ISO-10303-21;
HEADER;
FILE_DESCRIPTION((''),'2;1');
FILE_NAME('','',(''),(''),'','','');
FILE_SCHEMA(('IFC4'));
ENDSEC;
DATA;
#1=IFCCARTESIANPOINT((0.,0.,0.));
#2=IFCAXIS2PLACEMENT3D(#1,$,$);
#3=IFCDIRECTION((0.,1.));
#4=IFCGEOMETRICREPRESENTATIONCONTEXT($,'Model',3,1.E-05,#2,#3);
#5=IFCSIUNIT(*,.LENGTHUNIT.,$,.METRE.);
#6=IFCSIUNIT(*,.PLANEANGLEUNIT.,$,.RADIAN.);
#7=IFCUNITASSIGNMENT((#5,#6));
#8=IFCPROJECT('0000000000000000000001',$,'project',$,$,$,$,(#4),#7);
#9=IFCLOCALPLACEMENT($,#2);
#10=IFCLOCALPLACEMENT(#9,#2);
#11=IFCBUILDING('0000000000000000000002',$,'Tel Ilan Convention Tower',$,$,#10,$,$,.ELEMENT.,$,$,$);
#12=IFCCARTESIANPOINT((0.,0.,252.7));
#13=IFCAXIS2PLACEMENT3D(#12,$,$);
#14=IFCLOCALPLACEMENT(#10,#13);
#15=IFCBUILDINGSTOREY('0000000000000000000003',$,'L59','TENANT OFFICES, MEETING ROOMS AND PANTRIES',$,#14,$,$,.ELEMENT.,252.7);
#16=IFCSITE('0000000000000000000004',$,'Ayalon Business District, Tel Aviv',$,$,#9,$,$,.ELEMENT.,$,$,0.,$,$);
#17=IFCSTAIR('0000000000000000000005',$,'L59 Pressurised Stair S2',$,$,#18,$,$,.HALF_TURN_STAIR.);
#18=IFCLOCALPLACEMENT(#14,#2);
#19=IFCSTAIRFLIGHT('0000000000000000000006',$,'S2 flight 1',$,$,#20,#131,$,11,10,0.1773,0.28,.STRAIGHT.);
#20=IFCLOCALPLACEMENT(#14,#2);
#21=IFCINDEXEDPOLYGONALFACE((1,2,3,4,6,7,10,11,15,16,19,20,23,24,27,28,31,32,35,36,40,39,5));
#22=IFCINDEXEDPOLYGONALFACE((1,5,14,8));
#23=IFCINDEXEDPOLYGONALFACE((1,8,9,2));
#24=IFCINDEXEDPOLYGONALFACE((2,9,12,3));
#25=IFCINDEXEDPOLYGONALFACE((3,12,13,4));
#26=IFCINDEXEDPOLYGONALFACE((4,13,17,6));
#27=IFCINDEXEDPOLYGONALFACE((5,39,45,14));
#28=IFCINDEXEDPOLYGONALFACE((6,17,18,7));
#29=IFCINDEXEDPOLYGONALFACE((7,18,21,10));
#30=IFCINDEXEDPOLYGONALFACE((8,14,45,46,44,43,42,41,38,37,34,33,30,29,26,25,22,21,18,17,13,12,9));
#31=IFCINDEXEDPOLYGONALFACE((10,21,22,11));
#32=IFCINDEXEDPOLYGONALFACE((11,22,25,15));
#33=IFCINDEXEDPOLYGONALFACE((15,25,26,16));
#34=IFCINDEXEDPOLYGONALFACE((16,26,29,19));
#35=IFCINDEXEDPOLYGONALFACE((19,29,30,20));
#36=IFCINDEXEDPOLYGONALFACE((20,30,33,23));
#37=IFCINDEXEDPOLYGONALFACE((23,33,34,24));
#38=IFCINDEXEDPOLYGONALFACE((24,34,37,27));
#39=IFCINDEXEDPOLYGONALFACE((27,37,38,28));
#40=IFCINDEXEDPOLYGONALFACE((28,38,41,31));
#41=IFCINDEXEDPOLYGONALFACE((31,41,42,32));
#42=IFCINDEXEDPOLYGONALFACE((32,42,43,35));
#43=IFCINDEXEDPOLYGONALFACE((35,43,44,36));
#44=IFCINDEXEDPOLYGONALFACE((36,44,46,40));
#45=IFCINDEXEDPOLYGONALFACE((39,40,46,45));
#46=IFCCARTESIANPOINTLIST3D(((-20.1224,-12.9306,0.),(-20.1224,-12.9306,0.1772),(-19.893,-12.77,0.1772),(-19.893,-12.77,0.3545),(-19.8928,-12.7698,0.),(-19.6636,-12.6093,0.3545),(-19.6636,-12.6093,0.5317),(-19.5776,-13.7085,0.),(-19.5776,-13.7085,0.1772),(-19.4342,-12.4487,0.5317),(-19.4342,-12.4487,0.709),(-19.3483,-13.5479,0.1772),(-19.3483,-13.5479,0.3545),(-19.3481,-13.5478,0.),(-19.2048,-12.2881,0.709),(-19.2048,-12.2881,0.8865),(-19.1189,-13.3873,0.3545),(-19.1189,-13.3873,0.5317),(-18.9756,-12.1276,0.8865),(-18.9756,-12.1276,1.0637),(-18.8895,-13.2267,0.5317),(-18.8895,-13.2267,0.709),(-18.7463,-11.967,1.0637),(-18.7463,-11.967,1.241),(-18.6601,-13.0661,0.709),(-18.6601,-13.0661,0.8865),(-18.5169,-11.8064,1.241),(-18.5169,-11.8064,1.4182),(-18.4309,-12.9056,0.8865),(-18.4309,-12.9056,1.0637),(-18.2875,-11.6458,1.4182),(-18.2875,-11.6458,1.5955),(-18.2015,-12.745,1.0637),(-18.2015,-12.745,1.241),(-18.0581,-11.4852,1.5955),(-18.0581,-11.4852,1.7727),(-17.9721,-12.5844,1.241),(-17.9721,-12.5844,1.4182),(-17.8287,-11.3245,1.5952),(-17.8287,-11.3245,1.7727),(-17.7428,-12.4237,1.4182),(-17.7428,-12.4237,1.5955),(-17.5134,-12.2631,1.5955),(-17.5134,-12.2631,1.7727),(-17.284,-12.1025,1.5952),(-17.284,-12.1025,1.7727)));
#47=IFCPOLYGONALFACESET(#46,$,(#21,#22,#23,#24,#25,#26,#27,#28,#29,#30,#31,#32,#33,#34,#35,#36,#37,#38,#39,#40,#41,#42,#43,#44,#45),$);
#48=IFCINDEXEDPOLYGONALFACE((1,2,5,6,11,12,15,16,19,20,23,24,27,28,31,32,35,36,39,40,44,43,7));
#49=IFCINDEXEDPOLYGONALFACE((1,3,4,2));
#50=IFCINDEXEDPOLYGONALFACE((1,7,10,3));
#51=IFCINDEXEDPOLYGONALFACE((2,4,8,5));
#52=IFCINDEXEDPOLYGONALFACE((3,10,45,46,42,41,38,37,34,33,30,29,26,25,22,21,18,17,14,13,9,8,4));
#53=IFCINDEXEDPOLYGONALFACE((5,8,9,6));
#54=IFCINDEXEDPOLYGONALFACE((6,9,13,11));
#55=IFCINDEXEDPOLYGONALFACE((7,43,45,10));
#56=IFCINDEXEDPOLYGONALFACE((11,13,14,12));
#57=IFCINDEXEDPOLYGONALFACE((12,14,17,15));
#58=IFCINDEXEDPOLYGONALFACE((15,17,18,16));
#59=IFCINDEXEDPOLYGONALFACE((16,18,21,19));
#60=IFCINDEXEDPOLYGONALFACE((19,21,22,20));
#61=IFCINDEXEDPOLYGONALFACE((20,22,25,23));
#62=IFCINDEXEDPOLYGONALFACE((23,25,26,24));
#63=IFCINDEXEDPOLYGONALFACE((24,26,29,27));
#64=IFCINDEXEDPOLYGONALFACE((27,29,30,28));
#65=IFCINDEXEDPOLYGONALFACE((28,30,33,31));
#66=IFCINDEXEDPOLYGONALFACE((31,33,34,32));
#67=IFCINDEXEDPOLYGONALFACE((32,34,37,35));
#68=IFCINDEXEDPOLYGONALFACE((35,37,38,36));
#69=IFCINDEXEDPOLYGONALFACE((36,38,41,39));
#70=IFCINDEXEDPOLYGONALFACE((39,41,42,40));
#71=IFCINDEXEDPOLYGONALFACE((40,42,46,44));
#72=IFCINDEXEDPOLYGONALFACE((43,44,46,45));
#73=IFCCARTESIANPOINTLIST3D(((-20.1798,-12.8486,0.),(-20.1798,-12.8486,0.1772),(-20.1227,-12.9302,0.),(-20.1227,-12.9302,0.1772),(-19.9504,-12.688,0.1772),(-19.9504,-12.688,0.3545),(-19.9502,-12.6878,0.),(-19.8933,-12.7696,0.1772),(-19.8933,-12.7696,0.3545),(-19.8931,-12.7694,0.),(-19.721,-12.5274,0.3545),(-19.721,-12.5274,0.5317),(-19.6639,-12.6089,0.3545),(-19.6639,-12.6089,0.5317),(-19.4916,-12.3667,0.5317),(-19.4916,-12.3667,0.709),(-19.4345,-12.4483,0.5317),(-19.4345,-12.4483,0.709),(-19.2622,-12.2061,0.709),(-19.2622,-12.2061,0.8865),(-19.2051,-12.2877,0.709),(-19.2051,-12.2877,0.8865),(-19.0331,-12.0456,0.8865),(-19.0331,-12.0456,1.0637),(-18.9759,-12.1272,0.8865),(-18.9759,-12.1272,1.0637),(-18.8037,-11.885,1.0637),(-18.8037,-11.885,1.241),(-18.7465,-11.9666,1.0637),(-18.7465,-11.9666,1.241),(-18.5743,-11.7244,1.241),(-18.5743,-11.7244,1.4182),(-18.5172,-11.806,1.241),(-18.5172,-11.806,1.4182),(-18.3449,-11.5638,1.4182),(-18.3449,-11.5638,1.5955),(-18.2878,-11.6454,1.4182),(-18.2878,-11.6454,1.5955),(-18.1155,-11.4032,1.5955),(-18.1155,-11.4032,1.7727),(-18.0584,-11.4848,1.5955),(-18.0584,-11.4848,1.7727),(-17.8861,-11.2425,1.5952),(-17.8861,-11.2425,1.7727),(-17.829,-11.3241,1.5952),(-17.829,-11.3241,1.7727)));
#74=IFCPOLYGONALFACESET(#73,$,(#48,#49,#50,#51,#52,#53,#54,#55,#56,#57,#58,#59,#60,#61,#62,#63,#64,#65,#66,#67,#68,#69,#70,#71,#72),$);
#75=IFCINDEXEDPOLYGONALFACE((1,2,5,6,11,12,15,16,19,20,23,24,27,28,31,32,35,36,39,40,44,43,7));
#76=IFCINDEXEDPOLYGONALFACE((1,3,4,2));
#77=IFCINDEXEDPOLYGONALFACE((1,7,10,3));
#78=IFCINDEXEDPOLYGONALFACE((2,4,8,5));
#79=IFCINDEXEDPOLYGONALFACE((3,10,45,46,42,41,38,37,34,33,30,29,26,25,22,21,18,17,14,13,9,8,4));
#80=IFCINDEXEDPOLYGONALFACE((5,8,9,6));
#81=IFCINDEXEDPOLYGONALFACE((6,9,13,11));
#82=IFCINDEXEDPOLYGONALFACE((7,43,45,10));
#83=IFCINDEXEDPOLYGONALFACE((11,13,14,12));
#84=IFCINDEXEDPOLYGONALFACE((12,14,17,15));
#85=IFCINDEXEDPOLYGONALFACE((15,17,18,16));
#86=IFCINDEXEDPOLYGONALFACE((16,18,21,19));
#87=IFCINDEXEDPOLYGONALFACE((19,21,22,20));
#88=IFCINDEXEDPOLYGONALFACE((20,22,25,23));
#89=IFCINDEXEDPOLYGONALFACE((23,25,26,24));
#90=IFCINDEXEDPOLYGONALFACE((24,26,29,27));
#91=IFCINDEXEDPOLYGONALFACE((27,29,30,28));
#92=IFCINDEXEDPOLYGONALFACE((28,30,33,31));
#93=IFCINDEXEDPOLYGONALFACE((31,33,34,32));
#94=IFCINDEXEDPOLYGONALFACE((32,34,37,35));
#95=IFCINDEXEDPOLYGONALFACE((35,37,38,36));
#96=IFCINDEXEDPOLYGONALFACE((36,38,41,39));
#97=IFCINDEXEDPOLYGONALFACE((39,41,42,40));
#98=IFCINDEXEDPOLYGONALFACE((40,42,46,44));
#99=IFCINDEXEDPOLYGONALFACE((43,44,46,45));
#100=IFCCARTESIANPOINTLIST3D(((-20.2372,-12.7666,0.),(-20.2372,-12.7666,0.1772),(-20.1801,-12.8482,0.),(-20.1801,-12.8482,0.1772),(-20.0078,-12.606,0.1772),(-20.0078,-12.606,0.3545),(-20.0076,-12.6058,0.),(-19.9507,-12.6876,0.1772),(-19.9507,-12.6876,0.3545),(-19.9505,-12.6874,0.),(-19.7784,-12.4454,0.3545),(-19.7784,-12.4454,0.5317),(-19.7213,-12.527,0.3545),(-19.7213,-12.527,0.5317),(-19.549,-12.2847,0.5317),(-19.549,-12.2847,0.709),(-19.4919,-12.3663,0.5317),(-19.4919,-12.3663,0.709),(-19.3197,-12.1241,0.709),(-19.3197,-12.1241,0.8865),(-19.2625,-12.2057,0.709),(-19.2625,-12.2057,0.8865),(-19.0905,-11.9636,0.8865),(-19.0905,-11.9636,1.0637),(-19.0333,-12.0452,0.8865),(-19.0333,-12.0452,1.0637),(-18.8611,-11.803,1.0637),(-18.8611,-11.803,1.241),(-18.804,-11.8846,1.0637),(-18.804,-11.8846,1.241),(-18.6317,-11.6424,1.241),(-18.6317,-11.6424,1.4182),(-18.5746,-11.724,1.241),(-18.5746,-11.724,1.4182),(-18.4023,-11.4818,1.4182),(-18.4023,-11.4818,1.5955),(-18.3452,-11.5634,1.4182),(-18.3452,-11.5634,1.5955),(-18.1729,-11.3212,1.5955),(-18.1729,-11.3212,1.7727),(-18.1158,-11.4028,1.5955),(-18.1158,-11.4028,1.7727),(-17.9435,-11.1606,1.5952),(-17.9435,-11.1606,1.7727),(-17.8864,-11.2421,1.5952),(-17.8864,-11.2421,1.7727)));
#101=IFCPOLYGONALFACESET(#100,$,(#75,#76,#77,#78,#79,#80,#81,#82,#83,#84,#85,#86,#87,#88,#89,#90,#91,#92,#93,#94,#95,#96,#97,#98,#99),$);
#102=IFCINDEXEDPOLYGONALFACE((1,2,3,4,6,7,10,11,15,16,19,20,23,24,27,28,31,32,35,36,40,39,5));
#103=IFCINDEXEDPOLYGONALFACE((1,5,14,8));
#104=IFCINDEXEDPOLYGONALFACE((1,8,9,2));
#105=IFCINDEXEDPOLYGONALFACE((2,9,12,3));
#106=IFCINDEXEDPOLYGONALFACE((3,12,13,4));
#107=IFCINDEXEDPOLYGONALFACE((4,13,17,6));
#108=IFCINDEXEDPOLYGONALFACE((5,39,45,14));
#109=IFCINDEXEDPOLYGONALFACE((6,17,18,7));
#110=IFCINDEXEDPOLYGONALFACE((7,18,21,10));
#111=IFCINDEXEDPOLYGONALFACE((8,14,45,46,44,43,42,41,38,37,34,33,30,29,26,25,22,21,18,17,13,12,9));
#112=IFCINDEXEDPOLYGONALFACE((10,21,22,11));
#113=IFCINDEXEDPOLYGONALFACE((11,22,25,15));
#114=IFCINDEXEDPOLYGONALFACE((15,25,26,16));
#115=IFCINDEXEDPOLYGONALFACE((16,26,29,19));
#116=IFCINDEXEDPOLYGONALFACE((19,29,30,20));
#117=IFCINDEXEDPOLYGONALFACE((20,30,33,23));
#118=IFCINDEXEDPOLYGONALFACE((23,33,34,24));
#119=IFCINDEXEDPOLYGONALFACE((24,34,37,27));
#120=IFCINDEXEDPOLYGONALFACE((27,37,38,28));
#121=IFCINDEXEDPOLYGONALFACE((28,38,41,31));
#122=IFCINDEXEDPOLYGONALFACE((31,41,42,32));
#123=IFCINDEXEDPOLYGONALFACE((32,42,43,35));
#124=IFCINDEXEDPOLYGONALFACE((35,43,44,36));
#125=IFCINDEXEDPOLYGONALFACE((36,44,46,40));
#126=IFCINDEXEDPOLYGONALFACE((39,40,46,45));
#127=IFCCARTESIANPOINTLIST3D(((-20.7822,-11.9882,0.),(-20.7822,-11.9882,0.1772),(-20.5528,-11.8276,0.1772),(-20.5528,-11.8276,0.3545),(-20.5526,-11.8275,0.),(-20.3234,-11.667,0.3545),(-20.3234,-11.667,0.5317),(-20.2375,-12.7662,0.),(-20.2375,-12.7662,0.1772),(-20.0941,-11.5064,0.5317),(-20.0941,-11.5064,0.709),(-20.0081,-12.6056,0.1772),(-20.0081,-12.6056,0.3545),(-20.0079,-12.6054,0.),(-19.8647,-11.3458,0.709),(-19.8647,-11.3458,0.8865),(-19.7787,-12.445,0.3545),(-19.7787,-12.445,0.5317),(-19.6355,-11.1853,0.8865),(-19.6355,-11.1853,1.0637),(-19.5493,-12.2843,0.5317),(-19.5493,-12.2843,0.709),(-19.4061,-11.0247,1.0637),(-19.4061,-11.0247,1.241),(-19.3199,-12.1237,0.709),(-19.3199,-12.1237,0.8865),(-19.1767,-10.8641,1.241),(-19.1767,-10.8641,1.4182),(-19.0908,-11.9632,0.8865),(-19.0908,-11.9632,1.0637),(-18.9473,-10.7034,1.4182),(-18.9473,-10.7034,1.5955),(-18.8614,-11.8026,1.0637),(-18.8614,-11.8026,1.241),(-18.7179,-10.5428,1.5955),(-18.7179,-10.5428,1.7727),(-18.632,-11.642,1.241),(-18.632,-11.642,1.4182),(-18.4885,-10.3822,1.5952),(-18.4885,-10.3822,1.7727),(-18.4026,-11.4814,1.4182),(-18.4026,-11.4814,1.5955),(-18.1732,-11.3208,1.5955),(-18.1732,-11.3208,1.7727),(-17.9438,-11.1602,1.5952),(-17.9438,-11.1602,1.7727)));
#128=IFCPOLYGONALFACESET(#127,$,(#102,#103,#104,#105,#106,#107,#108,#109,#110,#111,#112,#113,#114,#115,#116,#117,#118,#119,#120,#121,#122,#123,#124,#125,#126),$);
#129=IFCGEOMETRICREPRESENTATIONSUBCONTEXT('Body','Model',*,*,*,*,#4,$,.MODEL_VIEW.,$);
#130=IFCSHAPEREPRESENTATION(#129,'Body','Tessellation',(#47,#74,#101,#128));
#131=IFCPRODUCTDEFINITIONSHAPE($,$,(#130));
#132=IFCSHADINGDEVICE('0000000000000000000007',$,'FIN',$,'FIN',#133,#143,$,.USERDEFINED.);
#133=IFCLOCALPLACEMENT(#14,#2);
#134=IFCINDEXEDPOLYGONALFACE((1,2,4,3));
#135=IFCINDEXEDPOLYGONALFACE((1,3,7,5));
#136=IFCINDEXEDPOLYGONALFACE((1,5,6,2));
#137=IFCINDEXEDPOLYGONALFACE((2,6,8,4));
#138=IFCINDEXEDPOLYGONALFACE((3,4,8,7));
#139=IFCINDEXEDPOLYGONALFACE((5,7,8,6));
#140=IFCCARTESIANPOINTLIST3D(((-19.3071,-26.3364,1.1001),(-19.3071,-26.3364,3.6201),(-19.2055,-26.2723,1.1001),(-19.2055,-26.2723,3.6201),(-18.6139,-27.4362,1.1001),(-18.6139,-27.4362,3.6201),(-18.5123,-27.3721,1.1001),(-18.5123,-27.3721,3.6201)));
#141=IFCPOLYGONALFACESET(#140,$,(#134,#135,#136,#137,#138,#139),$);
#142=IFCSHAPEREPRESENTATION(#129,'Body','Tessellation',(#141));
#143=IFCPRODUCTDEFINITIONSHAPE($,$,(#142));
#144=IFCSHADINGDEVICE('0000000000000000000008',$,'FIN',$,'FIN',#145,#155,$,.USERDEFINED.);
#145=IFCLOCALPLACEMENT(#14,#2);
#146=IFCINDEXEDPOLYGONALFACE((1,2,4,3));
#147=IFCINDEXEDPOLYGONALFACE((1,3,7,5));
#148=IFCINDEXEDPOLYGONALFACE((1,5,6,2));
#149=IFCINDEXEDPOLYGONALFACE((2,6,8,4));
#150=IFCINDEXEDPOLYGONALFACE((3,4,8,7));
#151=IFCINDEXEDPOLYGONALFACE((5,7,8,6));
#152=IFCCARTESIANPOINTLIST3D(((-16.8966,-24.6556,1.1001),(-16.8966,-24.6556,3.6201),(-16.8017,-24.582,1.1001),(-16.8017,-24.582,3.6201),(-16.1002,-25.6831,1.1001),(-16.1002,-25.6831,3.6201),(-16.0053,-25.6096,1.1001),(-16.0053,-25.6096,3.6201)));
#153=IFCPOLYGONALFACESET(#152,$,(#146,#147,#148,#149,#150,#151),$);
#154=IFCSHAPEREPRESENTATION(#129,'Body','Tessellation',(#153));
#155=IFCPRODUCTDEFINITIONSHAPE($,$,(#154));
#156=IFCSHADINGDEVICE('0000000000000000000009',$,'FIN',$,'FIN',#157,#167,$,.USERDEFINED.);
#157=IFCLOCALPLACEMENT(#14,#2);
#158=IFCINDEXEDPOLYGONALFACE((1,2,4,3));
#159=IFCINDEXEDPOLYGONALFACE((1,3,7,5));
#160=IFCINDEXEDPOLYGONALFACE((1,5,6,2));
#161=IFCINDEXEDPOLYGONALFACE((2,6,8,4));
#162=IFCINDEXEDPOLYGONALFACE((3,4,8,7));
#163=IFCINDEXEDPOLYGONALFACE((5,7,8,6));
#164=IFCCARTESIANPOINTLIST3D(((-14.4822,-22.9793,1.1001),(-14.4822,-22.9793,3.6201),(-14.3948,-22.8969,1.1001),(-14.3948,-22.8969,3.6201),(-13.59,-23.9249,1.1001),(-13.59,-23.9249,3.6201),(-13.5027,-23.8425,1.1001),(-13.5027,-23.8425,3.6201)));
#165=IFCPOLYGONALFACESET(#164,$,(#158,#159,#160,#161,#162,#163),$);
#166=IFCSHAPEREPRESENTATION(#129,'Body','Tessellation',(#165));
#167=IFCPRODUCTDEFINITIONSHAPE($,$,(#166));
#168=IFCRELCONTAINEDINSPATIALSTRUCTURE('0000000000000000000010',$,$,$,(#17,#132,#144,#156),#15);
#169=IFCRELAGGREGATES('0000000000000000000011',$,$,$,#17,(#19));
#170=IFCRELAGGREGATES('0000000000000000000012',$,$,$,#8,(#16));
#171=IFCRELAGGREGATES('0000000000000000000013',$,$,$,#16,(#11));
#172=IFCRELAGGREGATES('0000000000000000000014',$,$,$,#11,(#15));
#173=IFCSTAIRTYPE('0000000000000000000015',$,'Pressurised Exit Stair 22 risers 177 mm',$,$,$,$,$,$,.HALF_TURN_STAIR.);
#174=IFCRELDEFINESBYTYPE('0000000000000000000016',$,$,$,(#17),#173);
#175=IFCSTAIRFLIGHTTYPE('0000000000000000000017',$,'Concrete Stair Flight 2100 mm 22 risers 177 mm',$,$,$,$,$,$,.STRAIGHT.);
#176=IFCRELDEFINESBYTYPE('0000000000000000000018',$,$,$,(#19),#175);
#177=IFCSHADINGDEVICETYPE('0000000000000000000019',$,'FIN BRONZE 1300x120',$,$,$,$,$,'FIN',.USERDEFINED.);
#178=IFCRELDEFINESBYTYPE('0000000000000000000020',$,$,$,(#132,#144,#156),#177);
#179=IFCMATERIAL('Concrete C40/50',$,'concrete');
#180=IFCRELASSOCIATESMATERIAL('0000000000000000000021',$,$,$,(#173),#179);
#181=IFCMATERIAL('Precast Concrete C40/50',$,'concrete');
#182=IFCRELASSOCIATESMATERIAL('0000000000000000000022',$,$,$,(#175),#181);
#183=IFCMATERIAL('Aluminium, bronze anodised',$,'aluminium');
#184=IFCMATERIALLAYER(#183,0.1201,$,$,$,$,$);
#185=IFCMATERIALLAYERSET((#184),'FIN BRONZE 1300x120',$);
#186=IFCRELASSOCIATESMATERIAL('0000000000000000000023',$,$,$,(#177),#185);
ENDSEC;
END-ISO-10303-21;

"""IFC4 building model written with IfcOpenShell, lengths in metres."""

from ifc_helpers import new_model, si_unit, direction, frame, origin, origin_2d, place, context, subcontext, project, spatial, polyline, rectangle, outline, extrude, material, layer, layer_set, type_object, element, aggregate, save


model = new_model("IFC4")

# Units and contexts
model_context = context("Model", 3, precision=1e-05, world=origin(), true_north=direction((0.0, 1.0)))
body_context = subcontext(model_context, "Body", "Model", "MODEL_VIEW")
ifc_project = project(units=[si_unit("LENGTHUNIT", "METRE"), si_unit("PLANEANGLEUNIT", "RADIAN")], contexts=[model_context])

# Site, building, storey
site_placement = place(None, origin())
site = spatial("IfcSite", under=ifc_project, at=site_placement, Name="Ayalon Business District, Tel Aviv", CompositionType="ELEMENT", RefElevation=0.0)
building_placement = place(site_placement, origin())
building = spatial("IfcBuilding", under=site, at=building_placement, Name="Tel Ilan Convention Tower", CompositionType="ELEMENT")
storey_placement = place(building_placement, frame((0.0, 0.0, 252.7)))
storey = spatial("IfcBuildingStorey", under=building, at=storey_placement, Name="L59", Description="TENANT OFFICES, MEETING ROOMS AND PANTRIES", CompositionType="ELEMENT", Elevation=252.7)

# Stair, stair flight
ifc_material_1 = material(Name="Concrete C40/50", Category="concrete")
stair_type = type_object("IfcStairType", Name="Pressurised Exit Stair 22 risers 177 mm", PredefinedType="HALF_TURN_STAIR", material=ifc_material_1)
stair_placement = place(storey_placement, origin())
stair = element("IfcStair", 1, at=stair_placement, inside=storey, type_object=stair_type, Name="L59 Pressurised Stair S2", PredefinedType="HALF_TURN_STAIR")
ifc_material_2 = material(Name="Precast Concrete C40/50", Category="concrete")
stair_flight_type = type_object("IfcStairFlightType", Name="Concrete Stair Flight 2100 mm 22 risers 177 mm", PredefinedType="STRAIGHT", material=ifc_material_2)
stair_flight_placement = place(storey_placement, frame((-20.1799, -12.8484, 0.0), z_axis=(0.0, 0.0, 1.0), x_axis=(0.819152, 0.573576, 0.0)))
stair_flight = element("IfcStairFlight", 2, at=stair_flight_placement, type_object=stair_flight_type, Name="S2 flight 1", NumberOfRisers=11, NumberOfTreads=10, PredefinedType="STRAIGHT", RiserHeight=0.1773, TreadLength=0.28, context=body_context, shape_type="SweptSolid", body=[
    extrude(outline(polyline([(0.0, 0.0), (0.0, 0.1772), (0.28, 0.1772), (0.28, 0.3545), (0.5601, 0.3545), (0.5601, 0.5317), (0.8401, 0.5317), (0.8401, 0.709), (1.1201, 0.709), (1.1201, 0.8865), (1.3999, 0.8865), (1.3999, 1.0637), (1.6799, 1.0637), (1.6799, 1.241), (1.96, 1.241), (1.96, 1.4182), (2.24, 1.4182), (2.24, 1.5955), (2.52, 1.5955), (2.52, 1.7727), (2.8, 1.7727), (2.8, 1.95), (2.8, 1.5952), (0.2803, 0.0), (0.0, 0.0)])), frame((0.0, -0.1003, 0.0), z_axis=(0.0, -1.0, 0.0), x_axis=(1.0, 0.0, 0.0)), (0.0, 0.0, 1.0), 0.9497),
    extrude(outline(polyline([(0.0, 0.0), (0.0, 0.1772), (0.28, 0.1772), (0.28, 0.3545), (0.5601, 0.3545), (0.5601, 0.5317), (0.8401, 0.5317), (0.8401, 0.709), (1.1201, 0.709), (1.1201, 0.8865), (1.3999, 0.8865), (1.3999, 1.0637), (1.6799, 1.0637), (1.6799, 1.241), (1.96, 1.241), (1.96, 1.4182), (2.24, 1.4182), (2.24, 1.5955), (2.52, 1.5955), (2.52, 1.7727), (2.8, 1.7727), (2.8, 1.95), (2.8, 1.5952), (0.2803, 0.0), (0.0, 0.0)])), frame((0.0, -0.0002, 0.0), z_axis=(0.0, -1.0, 0.0), x_axis=(1.0, 0.0, 0.0)), (0.0, 0.0, 1.0), 0.0996),
    extrude(outline(polyline([(0.0, 0.0), (0.0, 0.1772), (0.28, 0.1772), (0.28, 0.3545), (0.5601, 0.3545), (0.5601, 0.5317), (0.8401, 0.5317), (0.8401, 0.709), (1.1201, 0.709), (1.1201, 0.8865), (1.3999, 0.8865), (1.3999, 1.0637), (1.6799, 1.0637), (1.6799, 1.241), (1.96, 1.241), (1.96, 1.4182), (2.24, 1.4182), (2.24, 1.5955), (2.52, 1.5955), (2.52, 1.7727), (2.8, 1.7727), (2.8, 1.95), (2.8, 1.5952), (0.2803, 0.0), (0.0, 0.0)])), frame((0.0, 0.0999, 0.0), z_axis=(0.0, -1.0, 0.0), x_axis=(1.0, 0.0, 0.0)), (0.0, 0.0, 1.0), 0.0996),
    extrude(outline(polyline([(0.0, 0.0), (0.0, 0.1772), (0.28, 0.1772), (0.28, 0.3545), (0.5601, 0.3545), (0.5601, 0.5317), (0.8401, 0.5317), (0.8401, 0.709), (1.1201, 0.709), (1.1201, 0.8865), (1.3999, 0.8865), (1.3999, 1.0637), (1.6799, 1.0637), (1.6799, 1.241), (1.96, 1.241), (1.96, 1.4182), (2.24, 1.4182), (2.24, 1.5955), (2.52, 1.5955), (2.52, 1.7727), (2.8, 1.7727), (2.8, 1.95), (2.8, 1.5952), (0.2803, 0.0), (0.0, 0.0)])), frame((0.0, 1.05, 0.0), z_axis=(0.0, -1.0, 0.0), x_axis=(1.0, 0.0, 0.0)), (0.0, 0.0, 1.0), 0.9497),
])
aggregate(stair, [stair_flight])

# Shading devices
ifc_material_3 = material(Name="Aluminium, bronze anodised", Category="aluminium")
ifc_layer_1 = layer(ifc_material_3, 0.1201)
ifc_layer_set_1 = layer_set([ifc_layer_1], Name="FIN BRONZE 1300x120")
shading_device_type = type_object("IfcShadingDeviceType", Name="FIN BRONZE 1300x120", ElementType="FIN", PredefinedType="USERDEFINED", material=ifc_layer_set_1)
for number, where, z_axis, x_axis, name in (
    (3, (-18.9097, -26.8542, 1.1001), (0.0, 0.0, 1.0), (0.533204, -0.845986, 0.0), "FIN"),
    (4, (-16.4509, -25.1326, 1.1001), (0.0, 0.0, 1.0), (0.612601, -0.790393, 0.0), "FIN"),
    (5, (-13.9924, -23.4109, 1.1001), (0.0, 0.0, 1.0), (0.686242, -0.727374, 0.0), "FIN"),
):
    element("IfcShadingDevice", number, at=place(storey_placement, frame(where, z_axis=z_axis, x_axis=x_axis)), inside=storey, type_object=shading_device_type, Name=name, ObjectType="FIN", PredefinedType="USERDEFINED", context=body_context, shape_type="SweptSolid", body=[
        extrude(rectangle(XDim=1.3, YDim=0.1201, at=origin_2d()), origin(), (0.0, 0.0, 1.0), 2.52),
    ])

save(model, "model.ifc")
